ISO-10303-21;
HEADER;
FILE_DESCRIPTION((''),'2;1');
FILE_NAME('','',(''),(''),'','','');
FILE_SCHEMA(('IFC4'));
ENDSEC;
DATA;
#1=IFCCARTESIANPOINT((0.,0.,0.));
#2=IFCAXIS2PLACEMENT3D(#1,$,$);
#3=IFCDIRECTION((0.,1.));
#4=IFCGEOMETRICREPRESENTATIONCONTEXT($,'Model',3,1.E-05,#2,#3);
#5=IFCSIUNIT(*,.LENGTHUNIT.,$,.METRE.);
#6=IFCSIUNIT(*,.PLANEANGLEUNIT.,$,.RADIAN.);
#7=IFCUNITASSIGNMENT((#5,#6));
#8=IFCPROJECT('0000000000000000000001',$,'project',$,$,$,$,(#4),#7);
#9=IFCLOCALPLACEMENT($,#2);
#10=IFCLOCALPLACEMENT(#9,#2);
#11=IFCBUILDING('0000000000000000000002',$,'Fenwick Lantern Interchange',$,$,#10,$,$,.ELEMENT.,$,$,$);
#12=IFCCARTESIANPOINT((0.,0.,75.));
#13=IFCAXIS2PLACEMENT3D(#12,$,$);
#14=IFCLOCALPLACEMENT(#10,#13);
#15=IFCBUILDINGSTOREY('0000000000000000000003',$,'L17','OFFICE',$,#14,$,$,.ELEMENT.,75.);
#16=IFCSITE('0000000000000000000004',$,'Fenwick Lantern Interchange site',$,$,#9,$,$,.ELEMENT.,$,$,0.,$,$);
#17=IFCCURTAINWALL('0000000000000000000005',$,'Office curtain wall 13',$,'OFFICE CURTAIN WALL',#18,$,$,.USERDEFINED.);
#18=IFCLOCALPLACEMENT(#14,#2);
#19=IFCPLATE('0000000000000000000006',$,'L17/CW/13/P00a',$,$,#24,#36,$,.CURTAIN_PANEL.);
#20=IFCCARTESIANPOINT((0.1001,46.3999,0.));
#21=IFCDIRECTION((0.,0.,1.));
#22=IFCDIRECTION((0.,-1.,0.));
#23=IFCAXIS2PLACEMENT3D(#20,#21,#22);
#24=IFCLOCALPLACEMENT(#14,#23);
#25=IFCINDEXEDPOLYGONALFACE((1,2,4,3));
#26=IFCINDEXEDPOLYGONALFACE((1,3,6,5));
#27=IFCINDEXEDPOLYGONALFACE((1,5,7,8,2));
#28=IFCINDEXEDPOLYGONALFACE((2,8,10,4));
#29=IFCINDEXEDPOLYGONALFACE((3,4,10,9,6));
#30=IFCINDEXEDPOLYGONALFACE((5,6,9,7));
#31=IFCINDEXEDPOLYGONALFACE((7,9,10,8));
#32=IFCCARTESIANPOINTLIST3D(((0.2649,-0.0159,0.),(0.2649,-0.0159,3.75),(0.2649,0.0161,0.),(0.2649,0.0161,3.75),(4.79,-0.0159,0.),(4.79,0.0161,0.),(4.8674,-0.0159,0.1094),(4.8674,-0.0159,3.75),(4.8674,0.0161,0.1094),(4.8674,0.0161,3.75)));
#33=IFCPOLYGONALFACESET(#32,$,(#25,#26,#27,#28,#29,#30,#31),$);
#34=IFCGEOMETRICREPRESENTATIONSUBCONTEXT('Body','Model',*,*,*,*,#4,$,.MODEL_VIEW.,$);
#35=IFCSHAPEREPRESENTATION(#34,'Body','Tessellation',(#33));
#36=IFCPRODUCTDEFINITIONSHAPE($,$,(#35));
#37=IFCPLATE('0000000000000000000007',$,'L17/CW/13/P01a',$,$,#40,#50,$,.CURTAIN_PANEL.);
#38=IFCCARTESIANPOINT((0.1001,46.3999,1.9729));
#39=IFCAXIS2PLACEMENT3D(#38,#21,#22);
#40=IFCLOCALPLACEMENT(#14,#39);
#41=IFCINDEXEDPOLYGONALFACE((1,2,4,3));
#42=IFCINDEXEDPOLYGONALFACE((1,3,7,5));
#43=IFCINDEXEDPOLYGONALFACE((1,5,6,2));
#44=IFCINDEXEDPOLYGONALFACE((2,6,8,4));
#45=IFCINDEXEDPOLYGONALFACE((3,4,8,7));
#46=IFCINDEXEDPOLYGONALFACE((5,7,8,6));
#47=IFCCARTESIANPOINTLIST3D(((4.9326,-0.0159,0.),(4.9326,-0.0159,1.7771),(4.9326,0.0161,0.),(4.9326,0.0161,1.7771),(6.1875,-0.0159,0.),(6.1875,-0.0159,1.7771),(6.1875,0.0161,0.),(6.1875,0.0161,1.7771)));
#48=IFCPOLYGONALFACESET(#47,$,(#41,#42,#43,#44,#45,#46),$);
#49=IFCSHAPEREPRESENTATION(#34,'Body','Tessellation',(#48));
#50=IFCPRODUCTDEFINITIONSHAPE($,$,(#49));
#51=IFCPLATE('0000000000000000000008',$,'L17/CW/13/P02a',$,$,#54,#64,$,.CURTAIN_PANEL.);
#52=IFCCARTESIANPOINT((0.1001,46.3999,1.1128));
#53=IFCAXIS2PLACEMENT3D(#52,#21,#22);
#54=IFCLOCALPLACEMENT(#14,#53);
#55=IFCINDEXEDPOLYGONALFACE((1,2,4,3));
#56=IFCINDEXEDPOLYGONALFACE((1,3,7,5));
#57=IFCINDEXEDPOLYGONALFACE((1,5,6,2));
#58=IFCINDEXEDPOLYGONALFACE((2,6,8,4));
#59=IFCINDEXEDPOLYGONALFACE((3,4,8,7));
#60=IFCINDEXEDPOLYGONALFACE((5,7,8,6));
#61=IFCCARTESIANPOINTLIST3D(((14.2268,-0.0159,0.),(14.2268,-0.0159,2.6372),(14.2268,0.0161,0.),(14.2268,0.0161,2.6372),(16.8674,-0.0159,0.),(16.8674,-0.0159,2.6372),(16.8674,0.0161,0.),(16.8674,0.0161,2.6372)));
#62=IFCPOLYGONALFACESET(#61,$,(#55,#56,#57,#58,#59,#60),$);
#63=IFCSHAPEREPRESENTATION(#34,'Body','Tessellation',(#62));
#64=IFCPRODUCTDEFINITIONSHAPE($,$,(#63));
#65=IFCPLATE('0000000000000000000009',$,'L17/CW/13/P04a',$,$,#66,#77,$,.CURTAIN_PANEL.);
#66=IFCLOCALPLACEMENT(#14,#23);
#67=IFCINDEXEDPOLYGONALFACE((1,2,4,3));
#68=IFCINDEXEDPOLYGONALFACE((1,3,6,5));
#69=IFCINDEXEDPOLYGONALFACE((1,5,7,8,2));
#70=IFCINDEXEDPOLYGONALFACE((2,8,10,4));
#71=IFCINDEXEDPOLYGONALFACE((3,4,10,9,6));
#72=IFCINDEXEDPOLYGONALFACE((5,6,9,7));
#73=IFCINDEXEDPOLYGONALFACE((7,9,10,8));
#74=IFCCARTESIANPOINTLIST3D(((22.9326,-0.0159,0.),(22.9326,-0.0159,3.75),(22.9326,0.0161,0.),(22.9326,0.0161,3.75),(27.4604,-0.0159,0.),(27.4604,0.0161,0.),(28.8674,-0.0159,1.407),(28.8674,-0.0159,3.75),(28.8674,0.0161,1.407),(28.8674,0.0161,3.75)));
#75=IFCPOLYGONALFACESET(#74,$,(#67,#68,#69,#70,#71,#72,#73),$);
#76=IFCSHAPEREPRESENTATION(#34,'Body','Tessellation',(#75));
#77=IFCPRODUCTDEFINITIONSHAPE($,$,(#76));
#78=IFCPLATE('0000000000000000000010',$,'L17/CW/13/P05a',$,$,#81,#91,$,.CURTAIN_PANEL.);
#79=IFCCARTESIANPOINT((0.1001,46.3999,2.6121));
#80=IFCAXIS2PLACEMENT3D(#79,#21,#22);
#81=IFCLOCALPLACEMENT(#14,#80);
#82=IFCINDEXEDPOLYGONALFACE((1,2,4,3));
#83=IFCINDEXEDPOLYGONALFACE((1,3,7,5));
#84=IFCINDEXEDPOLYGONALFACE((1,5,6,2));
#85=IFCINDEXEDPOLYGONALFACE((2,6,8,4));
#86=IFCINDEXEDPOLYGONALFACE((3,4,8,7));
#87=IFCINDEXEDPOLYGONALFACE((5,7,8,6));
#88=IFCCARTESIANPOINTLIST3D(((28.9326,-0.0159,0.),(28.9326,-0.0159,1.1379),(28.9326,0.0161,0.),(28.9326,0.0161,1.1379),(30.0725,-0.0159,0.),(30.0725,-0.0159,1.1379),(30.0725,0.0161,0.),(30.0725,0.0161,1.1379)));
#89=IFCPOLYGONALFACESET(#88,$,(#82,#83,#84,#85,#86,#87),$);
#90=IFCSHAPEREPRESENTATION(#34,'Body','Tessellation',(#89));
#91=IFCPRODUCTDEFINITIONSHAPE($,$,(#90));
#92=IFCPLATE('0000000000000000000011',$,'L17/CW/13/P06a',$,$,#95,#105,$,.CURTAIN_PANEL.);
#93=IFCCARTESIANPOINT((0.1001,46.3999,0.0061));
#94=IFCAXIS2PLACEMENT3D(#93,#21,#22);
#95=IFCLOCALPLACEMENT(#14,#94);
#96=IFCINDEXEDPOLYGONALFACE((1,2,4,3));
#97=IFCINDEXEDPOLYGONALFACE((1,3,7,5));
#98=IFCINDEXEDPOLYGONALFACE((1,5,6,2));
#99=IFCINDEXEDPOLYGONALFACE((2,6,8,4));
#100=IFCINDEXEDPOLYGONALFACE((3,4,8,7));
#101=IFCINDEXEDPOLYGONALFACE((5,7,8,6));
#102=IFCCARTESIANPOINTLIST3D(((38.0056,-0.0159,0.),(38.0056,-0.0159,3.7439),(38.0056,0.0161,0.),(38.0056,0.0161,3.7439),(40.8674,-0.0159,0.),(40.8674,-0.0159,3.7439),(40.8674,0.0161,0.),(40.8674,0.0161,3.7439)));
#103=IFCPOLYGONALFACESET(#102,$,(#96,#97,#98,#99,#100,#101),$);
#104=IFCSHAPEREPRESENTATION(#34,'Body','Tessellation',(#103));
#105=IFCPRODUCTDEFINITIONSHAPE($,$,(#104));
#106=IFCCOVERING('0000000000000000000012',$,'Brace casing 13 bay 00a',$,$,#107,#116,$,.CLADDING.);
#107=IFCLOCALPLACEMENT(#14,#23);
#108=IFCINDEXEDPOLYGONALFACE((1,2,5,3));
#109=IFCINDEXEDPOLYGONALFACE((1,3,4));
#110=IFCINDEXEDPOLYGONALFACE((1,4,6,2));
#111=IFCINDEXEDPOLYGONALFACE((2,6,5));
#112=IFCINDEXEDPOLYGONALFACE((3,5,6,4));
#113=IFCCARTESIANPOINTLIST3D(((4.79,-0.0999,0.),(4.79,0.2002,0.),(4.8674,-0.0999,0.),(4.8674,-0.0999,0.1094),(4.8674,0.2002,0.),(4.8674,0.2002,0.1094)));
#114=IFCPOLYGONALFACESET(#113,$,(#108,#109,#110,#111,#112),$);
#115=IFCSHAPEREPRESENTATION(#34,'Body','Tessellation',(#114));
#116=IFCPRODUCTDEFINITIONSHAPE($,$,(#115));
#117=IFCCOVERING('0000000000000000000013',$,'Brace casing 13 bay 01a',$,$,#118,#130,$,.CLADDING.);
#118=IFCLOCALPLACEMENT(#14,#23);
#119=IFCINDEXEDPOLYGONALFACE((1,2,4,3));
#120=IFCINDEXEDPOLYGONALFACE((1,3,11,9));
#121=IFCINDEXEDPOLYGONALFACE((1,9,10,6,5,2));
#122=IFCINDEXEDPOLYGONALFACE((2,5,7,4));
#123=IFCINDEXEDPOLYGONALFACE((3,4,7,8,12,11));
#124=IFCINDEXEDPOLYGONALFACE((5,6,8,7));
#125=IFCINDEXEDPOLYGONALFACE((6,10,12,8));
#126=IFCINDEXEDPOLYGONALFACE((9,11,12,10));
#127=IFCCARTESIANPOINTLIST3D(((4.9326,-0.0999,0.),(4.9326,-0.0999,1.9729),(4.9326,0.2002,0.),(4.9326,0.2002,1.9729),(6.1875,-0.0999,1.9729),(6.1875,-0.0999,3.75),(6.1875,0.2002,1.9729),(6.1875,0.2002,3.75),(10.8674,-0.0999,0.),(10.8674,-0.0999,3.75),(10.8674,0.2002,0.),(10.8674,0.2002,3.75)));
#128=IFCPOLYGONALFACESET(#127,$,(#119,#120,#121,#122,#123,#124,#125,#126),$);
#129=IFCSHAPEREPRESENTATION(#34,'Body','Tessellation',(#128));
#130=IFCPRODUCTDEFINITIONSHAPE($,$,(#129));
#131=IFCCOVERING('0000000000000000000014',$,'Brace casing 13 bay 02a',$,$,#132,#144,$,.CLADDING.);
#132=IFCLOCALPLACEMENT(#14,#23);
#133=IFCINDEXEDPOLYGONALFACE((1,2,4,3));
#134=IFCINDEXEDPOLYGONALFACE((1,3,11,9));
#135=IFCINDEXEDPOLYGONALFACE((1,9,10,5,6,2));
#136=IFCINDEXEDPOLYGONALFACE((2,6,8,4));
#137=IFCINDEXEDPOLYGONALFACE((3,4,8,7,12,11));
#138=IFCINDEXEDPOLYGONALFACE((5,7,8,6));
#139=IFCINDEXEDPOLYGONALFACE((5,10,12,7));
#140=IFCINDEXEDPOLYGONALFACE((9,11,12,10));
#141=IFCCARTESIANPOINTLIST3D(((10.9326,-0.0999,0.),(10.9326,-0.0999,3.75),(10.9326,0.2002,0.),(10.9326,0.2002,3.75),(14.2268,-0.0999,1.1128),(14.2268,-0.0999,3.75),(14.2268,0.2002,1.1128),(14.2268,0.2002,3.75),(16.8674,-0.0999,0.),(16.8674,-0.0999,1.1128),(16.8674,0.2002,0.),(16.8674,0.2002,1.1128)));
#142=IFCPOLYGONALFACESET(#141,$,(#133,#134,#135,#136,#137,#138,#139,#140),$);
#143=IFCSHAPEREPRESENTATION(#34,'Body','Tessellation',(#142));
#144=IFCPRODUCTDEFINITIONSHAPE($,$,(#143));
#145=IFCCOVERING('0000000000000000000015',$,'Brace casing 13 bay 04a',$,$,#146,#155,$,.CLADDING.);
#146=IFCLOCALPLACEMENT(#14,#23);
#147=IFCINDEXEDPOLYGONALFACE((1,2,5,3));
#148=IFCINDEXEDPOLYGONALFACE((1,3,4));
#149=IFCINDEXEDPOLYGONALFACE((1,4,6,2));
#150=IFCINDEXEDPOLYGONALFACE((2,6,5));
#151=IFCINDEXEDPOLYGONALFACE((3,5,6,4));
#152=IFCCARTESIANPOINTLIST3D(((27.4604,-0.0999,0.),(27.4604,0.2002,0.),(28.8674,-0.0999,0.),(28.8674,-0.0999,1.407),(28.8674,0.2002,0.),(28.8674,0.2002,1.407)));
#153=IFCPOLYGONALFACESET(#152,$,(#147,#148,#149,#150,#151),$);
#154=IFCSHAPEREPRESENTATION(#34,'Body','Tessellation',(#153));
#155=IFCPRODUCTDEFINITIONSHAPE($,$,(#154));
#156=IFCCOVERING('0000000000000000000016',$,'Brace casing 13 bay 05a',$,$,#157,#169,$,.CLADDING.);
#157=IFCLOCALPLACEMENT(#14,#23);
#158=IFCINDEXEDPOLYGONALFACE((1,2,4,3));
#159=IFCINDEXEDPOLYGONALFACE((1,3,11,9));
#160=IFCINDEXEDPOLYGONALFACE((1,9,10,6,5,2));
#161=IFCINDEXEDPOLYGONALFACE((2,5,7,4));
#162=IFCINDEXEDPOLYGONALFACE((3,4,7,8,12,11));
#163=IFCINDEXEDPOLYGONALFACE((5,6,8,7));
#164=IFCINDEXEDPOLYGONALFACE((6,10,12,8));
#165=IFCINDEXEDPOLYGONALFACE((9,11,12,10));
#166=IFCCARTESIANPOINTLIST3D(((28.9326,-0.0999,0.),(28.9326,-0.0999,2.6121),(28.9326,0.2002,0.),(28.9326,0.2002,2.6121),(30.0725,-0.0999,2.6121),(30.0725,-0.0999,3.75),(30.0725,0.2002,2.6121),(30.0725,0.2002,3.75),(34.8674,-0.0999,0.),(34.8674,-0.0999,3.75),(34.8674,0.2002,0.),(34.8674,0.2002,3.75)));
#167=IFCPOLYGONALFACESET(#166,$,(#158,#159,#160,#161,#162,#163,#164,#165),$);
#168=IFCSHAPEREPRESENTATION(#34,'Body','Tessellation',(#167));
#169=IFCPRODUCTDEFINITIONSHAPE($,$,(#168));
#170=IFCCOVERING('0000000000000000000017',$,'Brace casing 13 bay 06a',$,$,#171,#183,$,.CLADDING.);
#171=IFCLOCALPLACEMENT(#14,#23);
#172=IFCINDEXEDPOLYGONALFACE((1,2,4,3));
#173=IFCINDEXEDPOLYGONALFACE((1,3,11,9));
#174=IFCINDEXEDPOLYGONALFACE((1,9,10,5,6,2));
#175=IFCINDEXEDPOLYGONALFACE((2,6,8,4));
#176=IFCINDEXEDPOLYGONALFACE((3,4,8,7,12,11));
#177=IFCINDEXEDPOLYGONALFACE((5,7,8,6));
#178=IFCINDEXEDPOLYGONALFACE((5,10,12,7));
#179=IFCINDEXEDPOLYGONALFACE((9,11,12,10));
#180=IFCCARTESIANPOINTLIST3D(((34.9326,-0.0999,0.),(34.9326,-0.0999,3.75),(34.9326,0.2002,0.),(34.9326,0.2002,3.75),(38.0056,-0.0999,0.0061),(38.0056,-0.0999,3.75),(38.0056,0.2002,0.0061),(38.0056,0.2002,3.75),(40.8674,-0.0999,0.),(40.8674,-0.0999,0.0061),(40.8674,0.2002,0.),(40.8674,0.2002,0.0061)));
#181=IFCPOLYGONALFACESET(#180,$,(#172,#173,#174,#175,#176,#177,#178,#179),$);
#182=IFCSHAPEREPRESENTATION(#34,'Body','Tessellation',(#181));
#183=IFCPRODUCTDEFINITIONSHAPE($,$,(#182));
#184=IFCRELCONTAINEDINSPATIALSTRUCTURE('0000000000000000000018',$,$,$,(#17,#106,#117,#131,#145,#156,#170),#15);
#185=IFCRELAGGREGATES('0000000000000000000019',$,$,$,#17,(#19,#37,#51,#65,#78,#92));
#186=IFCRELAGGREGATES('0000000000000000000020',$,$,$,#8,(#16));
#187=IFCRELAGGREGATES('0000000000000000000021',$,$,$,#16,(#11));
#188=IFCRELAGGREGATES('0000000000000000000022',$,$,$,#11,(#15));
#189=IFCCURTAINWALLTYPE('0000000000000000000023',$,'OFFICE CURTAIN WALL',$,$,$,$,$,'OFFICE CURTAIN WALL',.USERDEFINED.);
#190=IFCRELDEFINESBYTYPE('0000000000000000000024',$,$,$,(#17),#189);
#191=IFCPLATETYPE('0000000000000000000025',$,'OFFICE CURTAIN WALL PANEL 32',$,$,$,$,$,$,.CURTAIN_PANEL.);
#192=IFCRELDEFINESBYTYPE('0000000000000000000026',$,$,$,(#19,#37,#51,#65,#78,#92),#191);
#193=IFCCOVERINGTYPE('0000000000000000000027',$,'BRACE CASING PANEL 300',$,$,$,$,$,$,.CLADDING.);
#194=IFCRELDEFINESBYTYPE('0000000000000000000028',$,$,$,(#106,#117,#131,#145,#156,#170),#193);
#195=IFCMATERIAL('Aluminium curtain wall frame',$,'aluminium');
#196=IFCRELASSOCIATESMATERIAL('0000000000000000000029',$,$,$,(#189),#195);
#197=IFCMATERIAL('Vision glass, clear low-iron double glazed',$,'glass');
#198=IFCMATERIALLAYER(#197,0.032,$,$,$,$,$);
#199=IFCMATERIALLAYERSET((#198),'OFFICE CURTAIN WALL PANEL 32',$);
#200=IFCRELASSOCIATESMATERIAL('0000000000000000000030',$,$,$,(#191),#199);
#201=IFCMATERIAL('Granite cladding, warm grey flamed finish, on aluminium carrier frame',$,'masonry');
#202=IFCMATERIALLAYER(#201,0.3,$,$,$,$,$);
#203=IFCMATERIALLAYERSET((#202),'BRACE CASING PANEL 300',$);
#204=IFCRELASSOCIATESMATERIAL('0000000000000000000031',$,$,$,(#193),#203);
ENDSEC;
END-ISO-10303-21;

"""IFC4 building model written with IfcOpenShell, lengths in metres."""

from ifc_helpers import new_model, si_unit, direction, frame, origin, place, context, subcontext, project, spatial, polyline, outline, extrude, material, layer, layer_set, type_object, element, aggregate, save


model = new_model("IFC4")

# Units and contexts
model_context = context("Model", 3, precision=1e-05, world=origin(), true_north=direction((0.0, 1.0)))
body_context = subcontext(model_context, "Body", "Model", "MODEL_VIEW")
ifc_project = project(units=[si_unit("LENGTHUNIT", "METRE"), si_unit("PLANEANGLEUNIT", "RADIAN")], contexts=[model_context])

# Site, building, storey
site_placement = place(None, origin())
site = spatial("IfcSite", under=ifc_project, at=site_placement, Name="Fenwick Lantern Interchange site", CompositionType="ELEMENT", RefElevation=0.0)
building_placement = place(site_placement, origin())
building = spatial("IfcBuilding", under=site, at=building_placement, Name="Fenwick Lantern Interchange", CompositionType="ELEMENT")
storey_placement = place(building_placement, frame((0.0, 0.0, 75.0)))
storey = spatial("IfcBuildingStorey", under=building, at=storey_placement, Name="L17", Description="OFFICE", CompositionType="ELEMENT", Elevation=75.0)

# Shared definitions
ifc_material_1 = material(Name="Aluminium curtain wall frame", Category="aluminium")
curtain_wall_type = type_object("IfcCurtainWallType", Name="OFFICE CURTAIN WALL", ElementType="OFFICE CURTAIN WALL", PredefinedType="USERDEFINED", material=ifc_material_1)

# Curtain wall
curtain_wall_1_placement = place(storey_placement, origin())
curtain_wall_1 = element("IfcCurtainWall", 1, at=curtain_wall_1_placement, inside=storey, type_object=curtain_wall_type, Name="Office curtain wall 13", ObjectType="OFFICE CURTAIN WALL", PredefinedType="USERDEFINED")

# Plates
ifc_material_2 = material(Name="Vision glass, clear low-iron double glazed", Category="glass")
ifc_layer_1 = layer(ifc_material_2, 0.032)
ifc_layer_set_1 = layer_set([ifc_layer_1], Name="OFFICE CURTAIN WALL PANEL 32")
plate_type = type_object("IfcPlateType", Name="OFFICE CURTAIN WALL PANEL 32", PredefinedType="CURTAIN_PANEL", material=ifc_layer_set_1)
plate_1_placement = place(storey_placement, frame((0.1001, 46.3999, 0.0), z_axis=(0.0, 0.0, 1.0), x_axis=(0.0, -1.0, 0.0)))
plate_1 = element("IfcPlate", 2, at=plate_1_placement, type_object=plate_type, Name="L17/CW/13/P00a", PredefinedType="CURTAIN_PANEL", context=body_context, shape_type="SweptSolid", body=[
    extrude(outline(polyline([(0.2649, 0.0), (4.79, 0.0), (4.8674, 0.1094), (4.8674, 3.75), (0.2649, 3.75), (0.2649, 0.0)])), frame((0.0, 0.0161, 0.0), z_axis=(0.0, -1.0, 0.0), x_axis=(1.0, 0.0, 0.0)), (0.0, 0.0, 1.0), 0.032),
])
plate_2_placement = place(storey_placement, frame((0.1001, 46.3999, 1.9729), z_axis=(0.0, 0.0, 1.0), x_axis=(0.0, -1.0, 0.0)))
plate_2 = element("IfcPlate", 3, at=plate_2_placement, type_object=plate_type, Name="L17/CW/13/P01a", PredefinedType="CURTAIN_PANEL", context=body_context, shape_type="SweptSolid", body=[
    extrude(outline(polyline([(4.9326, 0.0), (6.1875, 0.0), (6.1875, 1.7771), (4.9326, 1.7771), (4.9326, 0.0)])), frame((0.0, 0.0161, 0.0), z_axis=(0.0, -1.0, 0.0), x_axis=(1.0, 0.0, 0.0)), (0.0, 0.0, 1.0), 0.032),
])
plate_3_placement = place(storey_placement, frame((0.1001, 46.3999, 1.1128), z_axis=(0.0, 0.0, 1.0), x_axis=(0.0, -1.0, 0.0)))
plate_3 = element("IfcPlate", 4, at=plate_3_placement, type_object=plate_type, Name="L17/CW/13/P02a", PredefinedType="CURTAIN_PANEL", context=body_context, shape_type="SweptSolid", body=[
    extrude(outline(polyline([(14.2268, 0.0), (16.8674, 0.0), (16.8674, 2.6372), (14.2268, 2.6372), (14.2268, 0.0)])), frame((0.0, 0.0161, 0.0), z_axis=(0.0, -1.0, 0.0), x_axis=(1.0, 0.0, 0.0)), (0.0, 0.0, 1.0), 0.032),
])
plate_4_placement = place(storey_placement, frame((0.1001, 46.3999, 0.0), z_axis=(0.0, 0.0, 1.0), x_axis=(0.0, -1.0, 0.0)))
plate_4 = element("IfcPlate", 5, at=plate_4_placement, type_object=plate_type, Name="L17/CW/13/P04a", PredefinedType="CURTAIN_PANEL", context=body_context, shape_type="SweptSolid", body=[
    extrude(outline(polyline([(22.9326, 0.0), (27.4604, 0.0), (28.8674, 1.407), (28.8674, 3.75), (22.9326, 3.75), (22.9326, 0.0)])), frame((0.0, 0.0161, 0.0), z_axis=(0.0, -1.0, 0.0), x_axis=(1.0, 0.0, 0.0)), (0.0, 0.0, 1.0), 0.032),
])
plate_5_placement = place(storey_placement, frame((0.1001, 46.3999, 2.6121), z_axis=(0.0, 0.0, 1.0), x_axis=(0.0, -1.0, 0.0)))
plate_5 = element("IfcPlate", 6, at=plate_5_placement, type_object=plate_type, Name="L17/CW/13/P05a", PredefinedType="CURTAIN_PANEL", context=body_context, shape_type="SweptSolid", body=[
    extrude(outline(polyline([(28.9326, 0.0), (30.0725, 0.0), (30.0725, 1.1379), (28.9326, 1.1379), (28.9326, 0.0)])), frame((0.0, 0.0161, 0.0), z_axis=(0.0, -1.0, 0.0), x_axis=(1.0, 0.0, 0.0)), (0.0, 0.0, 1.0), 0.032),
])
plate_6_placement = place(storey_placement, frame((0.1001, 46.3999, 0.0061), z_axis=(0.0, 0.0, 1.0), x_axis=(0.0, -1.0, 0.0)))
plate_6 = element("IfcPlate", 7, at=plate_6_placement, type_object=plate_type, Name="L17/CW/13/P06a", PredefinedType="CURTAIN_PANEL", context=body_context, shape_type="SweptSolid", body=[
    extrude(outline(polyline([(38.0056, 0.0), (40.8674, 0.0), (40.8674, 3.7439), (38.0056, 3.7439), (38.0056, 0.0)])), frame((0.0, 0.0161, 0.0), z_axis=(0.0, -1.0, 0.0), x_axis=(1.0, 0.0, 0.0)), (0.0, 0.0, 1.0), 0.032),
])
aggregate(curtain_wall_1, [plate_1, plate_2, plate_3, plate_4, plate_5, plate_6])

# Coverings
ifc_material_3 = material(Name="Granite cladding, warm grey flamed finish, on aluminium carrier frame", Category="masonry")
ifc_layer_2 = layer(ifc_material_3, 0.3)
ifc_layer_set_2 = layer_set([ifc_layer_2], Name="BRACE CASING PANEL 300")
covering_type = type_object("IfcCoveringType", Name="BRACE CASING PANEL 300", PredefinedType="CLADDING", material=ifc_layer_set_2)
covering_1_placement = place(storey_placement, frame((0.1001, 46.3999, 0.0), z_axis=(0.0, 0.0, 1.0), x_axis=(0.0, -1.0, 0.0)))
element("IfcCovering", 8, at=covering_1_placement, inside=storey, type_object=covering_type, Name="Brace casing 13 bay 00a", PredefinedType="CLADDING", context=body_context, shape_type="SweptSolid", body=[
    extrude(outline(polyline([(4.79, 0.0), (4.8674, 0.0), (4.8674, 0.1094), (4.79, 0.0)])), frame((0.0, 0.2002, 0.0), z_axis=(0.0, -1.0, 0.0), x_axis=(1.0, 0.0, 0.0)), (0.0, 0.0, 1.0), 0.3),
])
covering_2_placement = place(storey_placement, frame((0.1001, 46.3999, 0.0), z_axis=(0.0, 0.0, 1.0), x_axis=(0.0, -1.0, 0.0)))
element("IfcCovering", 9, at=covering_2_placement, inside=storey, type_object=covering_type, Name="Brace casing 13 bay 01a", PredefinedType="CLADDING", context=body_context, shape_type="SweptSolid", body=[
    extrude(outline(polyline([(4.9326, 0.0), (10.8674, 0.0), (10.8674, 3.75), (6.1875, 3.75), (6.1875, 1.9729), (4.9326, 1.9729), (4.9326, 0.0)])), frame((0.0, 0.2002, 0.0), z_axis=(0.0, -1.0, 0.0), x_axis=(1.0, 0.0, 0.0)), (0.0, 0.0, 1.0), 0.3),
])
covering_3_placement = place(storey_placement, frame((0.1001, 46.3999, 0.0), z_axis=(0.0, 0.0, 1.0), x_axis=(0.0, -1.0, 0.0)))
element("IfcCovering", 10, at=covering_3_placement, inside=storey, type_object=covering_type, Name="Brace casing 13 bay 02a", PredefinedType="CLADDING", context=body_context, shape_type="SweptSolid", body=[
    extrude(outline(polyline([(10.9326, 0.0), (16.8674, 0.0), (16.8674, 1.1128), (14.2268, 1.1128), (14.2268, 3.75), (10.9326, 3.75), (10.9326, 0.0)])), frame((0.0, 0.2002, 0.0), z_axis=(0.0, -1.0, 0.0), x_axis=(1.0, 0.0, 0.0)), (0.0, 0.0, 1.0), 0.3),
])
covering_4_placement = place(storey_placement, frame((0.1001, 46.3999, 0.0), z_axis=(0.0, 0.0, 1.0), x_axis=(0.0, -1.0, 0.0)))
element("IfcCovering", 11, at=covering_4_placement, inside=storey, type_object=covering_type, Name="Brace casing 13 bay 04a", PredefinedType="CLADDING", context=body_context, shape_type="SweptSolid", body=[
    extrude(outline(polyline([(27.4604, 0.0), (28.8674, 0.0), (28.8674, 1.407), (27.4604, 0.0)])), frame((0.0, 0.2002, 0.0), z_axis=(0.0, -1.0, 0.0), x_axis=(1.0, 0.0, 0.0)), (0.0, 0.0, 1.0), 0.3),
])
covering_5_placement = place(storey_placement, frame((0.1001, 46.3999, 0.0), z_axis=(0.0, 0.0, 1.0), x_axis=(0.0, -1.0, 0.0)))
element("IfcCovering", 12, at=covering_5_placement, inside=storey, type_object=covering_type, Name="Brace casing 13 bay 05a", PredefinedType="CLADDING", context=body_context, shape_type="SweptSolid", body=[
    extrude(outline(polyline([(28.9326, 0.0), (34.8674, 0.0), (34.8674, 3.75), (30.0725, 3.75), (30.0725, 2.6121), (28.9326, 2.6121), (28.9326, 0.0)])), frame((0.0, 0.2002, 0.0), z_axis=(0.0, -1.0, 0.0), x_axis=(1.0, 0.0, 0.0)), (0.0, 0.0, 1.0), 0.3),
])
covering_6_placement = place(storey_placement, frame((0.1001, 46.3999, 0.0), z_axis=(0.0, 0.0, 1.0), x_axis=(0.0, -1.0, 0.0)))
element("IfcCovering", 13, at=covering_6_placement, inside=storey, type_object=covering_type, Name="Brace casing 13 bay 06a", PredefinedType="CLADDING", context=body_context, shape_type="SweptSolid", body=[
    extrude(outline(polyline([(34.9326, 0.0), (40.8674, 0.0), (40.8674, 0.0061), (38.0056, 0.0061), (38.0056, 3.75), (34.9326, 3.75), (34.9326, 0.0)])), frame((0.0, 0.2002, 0.0), z_axis=(0.0, -1.0, 0.0), x_axis=(1.0, 0.0, 0.0)), (0.0, 0.0, 1.0), 0.3),
])

save(model, "model.ifc")
